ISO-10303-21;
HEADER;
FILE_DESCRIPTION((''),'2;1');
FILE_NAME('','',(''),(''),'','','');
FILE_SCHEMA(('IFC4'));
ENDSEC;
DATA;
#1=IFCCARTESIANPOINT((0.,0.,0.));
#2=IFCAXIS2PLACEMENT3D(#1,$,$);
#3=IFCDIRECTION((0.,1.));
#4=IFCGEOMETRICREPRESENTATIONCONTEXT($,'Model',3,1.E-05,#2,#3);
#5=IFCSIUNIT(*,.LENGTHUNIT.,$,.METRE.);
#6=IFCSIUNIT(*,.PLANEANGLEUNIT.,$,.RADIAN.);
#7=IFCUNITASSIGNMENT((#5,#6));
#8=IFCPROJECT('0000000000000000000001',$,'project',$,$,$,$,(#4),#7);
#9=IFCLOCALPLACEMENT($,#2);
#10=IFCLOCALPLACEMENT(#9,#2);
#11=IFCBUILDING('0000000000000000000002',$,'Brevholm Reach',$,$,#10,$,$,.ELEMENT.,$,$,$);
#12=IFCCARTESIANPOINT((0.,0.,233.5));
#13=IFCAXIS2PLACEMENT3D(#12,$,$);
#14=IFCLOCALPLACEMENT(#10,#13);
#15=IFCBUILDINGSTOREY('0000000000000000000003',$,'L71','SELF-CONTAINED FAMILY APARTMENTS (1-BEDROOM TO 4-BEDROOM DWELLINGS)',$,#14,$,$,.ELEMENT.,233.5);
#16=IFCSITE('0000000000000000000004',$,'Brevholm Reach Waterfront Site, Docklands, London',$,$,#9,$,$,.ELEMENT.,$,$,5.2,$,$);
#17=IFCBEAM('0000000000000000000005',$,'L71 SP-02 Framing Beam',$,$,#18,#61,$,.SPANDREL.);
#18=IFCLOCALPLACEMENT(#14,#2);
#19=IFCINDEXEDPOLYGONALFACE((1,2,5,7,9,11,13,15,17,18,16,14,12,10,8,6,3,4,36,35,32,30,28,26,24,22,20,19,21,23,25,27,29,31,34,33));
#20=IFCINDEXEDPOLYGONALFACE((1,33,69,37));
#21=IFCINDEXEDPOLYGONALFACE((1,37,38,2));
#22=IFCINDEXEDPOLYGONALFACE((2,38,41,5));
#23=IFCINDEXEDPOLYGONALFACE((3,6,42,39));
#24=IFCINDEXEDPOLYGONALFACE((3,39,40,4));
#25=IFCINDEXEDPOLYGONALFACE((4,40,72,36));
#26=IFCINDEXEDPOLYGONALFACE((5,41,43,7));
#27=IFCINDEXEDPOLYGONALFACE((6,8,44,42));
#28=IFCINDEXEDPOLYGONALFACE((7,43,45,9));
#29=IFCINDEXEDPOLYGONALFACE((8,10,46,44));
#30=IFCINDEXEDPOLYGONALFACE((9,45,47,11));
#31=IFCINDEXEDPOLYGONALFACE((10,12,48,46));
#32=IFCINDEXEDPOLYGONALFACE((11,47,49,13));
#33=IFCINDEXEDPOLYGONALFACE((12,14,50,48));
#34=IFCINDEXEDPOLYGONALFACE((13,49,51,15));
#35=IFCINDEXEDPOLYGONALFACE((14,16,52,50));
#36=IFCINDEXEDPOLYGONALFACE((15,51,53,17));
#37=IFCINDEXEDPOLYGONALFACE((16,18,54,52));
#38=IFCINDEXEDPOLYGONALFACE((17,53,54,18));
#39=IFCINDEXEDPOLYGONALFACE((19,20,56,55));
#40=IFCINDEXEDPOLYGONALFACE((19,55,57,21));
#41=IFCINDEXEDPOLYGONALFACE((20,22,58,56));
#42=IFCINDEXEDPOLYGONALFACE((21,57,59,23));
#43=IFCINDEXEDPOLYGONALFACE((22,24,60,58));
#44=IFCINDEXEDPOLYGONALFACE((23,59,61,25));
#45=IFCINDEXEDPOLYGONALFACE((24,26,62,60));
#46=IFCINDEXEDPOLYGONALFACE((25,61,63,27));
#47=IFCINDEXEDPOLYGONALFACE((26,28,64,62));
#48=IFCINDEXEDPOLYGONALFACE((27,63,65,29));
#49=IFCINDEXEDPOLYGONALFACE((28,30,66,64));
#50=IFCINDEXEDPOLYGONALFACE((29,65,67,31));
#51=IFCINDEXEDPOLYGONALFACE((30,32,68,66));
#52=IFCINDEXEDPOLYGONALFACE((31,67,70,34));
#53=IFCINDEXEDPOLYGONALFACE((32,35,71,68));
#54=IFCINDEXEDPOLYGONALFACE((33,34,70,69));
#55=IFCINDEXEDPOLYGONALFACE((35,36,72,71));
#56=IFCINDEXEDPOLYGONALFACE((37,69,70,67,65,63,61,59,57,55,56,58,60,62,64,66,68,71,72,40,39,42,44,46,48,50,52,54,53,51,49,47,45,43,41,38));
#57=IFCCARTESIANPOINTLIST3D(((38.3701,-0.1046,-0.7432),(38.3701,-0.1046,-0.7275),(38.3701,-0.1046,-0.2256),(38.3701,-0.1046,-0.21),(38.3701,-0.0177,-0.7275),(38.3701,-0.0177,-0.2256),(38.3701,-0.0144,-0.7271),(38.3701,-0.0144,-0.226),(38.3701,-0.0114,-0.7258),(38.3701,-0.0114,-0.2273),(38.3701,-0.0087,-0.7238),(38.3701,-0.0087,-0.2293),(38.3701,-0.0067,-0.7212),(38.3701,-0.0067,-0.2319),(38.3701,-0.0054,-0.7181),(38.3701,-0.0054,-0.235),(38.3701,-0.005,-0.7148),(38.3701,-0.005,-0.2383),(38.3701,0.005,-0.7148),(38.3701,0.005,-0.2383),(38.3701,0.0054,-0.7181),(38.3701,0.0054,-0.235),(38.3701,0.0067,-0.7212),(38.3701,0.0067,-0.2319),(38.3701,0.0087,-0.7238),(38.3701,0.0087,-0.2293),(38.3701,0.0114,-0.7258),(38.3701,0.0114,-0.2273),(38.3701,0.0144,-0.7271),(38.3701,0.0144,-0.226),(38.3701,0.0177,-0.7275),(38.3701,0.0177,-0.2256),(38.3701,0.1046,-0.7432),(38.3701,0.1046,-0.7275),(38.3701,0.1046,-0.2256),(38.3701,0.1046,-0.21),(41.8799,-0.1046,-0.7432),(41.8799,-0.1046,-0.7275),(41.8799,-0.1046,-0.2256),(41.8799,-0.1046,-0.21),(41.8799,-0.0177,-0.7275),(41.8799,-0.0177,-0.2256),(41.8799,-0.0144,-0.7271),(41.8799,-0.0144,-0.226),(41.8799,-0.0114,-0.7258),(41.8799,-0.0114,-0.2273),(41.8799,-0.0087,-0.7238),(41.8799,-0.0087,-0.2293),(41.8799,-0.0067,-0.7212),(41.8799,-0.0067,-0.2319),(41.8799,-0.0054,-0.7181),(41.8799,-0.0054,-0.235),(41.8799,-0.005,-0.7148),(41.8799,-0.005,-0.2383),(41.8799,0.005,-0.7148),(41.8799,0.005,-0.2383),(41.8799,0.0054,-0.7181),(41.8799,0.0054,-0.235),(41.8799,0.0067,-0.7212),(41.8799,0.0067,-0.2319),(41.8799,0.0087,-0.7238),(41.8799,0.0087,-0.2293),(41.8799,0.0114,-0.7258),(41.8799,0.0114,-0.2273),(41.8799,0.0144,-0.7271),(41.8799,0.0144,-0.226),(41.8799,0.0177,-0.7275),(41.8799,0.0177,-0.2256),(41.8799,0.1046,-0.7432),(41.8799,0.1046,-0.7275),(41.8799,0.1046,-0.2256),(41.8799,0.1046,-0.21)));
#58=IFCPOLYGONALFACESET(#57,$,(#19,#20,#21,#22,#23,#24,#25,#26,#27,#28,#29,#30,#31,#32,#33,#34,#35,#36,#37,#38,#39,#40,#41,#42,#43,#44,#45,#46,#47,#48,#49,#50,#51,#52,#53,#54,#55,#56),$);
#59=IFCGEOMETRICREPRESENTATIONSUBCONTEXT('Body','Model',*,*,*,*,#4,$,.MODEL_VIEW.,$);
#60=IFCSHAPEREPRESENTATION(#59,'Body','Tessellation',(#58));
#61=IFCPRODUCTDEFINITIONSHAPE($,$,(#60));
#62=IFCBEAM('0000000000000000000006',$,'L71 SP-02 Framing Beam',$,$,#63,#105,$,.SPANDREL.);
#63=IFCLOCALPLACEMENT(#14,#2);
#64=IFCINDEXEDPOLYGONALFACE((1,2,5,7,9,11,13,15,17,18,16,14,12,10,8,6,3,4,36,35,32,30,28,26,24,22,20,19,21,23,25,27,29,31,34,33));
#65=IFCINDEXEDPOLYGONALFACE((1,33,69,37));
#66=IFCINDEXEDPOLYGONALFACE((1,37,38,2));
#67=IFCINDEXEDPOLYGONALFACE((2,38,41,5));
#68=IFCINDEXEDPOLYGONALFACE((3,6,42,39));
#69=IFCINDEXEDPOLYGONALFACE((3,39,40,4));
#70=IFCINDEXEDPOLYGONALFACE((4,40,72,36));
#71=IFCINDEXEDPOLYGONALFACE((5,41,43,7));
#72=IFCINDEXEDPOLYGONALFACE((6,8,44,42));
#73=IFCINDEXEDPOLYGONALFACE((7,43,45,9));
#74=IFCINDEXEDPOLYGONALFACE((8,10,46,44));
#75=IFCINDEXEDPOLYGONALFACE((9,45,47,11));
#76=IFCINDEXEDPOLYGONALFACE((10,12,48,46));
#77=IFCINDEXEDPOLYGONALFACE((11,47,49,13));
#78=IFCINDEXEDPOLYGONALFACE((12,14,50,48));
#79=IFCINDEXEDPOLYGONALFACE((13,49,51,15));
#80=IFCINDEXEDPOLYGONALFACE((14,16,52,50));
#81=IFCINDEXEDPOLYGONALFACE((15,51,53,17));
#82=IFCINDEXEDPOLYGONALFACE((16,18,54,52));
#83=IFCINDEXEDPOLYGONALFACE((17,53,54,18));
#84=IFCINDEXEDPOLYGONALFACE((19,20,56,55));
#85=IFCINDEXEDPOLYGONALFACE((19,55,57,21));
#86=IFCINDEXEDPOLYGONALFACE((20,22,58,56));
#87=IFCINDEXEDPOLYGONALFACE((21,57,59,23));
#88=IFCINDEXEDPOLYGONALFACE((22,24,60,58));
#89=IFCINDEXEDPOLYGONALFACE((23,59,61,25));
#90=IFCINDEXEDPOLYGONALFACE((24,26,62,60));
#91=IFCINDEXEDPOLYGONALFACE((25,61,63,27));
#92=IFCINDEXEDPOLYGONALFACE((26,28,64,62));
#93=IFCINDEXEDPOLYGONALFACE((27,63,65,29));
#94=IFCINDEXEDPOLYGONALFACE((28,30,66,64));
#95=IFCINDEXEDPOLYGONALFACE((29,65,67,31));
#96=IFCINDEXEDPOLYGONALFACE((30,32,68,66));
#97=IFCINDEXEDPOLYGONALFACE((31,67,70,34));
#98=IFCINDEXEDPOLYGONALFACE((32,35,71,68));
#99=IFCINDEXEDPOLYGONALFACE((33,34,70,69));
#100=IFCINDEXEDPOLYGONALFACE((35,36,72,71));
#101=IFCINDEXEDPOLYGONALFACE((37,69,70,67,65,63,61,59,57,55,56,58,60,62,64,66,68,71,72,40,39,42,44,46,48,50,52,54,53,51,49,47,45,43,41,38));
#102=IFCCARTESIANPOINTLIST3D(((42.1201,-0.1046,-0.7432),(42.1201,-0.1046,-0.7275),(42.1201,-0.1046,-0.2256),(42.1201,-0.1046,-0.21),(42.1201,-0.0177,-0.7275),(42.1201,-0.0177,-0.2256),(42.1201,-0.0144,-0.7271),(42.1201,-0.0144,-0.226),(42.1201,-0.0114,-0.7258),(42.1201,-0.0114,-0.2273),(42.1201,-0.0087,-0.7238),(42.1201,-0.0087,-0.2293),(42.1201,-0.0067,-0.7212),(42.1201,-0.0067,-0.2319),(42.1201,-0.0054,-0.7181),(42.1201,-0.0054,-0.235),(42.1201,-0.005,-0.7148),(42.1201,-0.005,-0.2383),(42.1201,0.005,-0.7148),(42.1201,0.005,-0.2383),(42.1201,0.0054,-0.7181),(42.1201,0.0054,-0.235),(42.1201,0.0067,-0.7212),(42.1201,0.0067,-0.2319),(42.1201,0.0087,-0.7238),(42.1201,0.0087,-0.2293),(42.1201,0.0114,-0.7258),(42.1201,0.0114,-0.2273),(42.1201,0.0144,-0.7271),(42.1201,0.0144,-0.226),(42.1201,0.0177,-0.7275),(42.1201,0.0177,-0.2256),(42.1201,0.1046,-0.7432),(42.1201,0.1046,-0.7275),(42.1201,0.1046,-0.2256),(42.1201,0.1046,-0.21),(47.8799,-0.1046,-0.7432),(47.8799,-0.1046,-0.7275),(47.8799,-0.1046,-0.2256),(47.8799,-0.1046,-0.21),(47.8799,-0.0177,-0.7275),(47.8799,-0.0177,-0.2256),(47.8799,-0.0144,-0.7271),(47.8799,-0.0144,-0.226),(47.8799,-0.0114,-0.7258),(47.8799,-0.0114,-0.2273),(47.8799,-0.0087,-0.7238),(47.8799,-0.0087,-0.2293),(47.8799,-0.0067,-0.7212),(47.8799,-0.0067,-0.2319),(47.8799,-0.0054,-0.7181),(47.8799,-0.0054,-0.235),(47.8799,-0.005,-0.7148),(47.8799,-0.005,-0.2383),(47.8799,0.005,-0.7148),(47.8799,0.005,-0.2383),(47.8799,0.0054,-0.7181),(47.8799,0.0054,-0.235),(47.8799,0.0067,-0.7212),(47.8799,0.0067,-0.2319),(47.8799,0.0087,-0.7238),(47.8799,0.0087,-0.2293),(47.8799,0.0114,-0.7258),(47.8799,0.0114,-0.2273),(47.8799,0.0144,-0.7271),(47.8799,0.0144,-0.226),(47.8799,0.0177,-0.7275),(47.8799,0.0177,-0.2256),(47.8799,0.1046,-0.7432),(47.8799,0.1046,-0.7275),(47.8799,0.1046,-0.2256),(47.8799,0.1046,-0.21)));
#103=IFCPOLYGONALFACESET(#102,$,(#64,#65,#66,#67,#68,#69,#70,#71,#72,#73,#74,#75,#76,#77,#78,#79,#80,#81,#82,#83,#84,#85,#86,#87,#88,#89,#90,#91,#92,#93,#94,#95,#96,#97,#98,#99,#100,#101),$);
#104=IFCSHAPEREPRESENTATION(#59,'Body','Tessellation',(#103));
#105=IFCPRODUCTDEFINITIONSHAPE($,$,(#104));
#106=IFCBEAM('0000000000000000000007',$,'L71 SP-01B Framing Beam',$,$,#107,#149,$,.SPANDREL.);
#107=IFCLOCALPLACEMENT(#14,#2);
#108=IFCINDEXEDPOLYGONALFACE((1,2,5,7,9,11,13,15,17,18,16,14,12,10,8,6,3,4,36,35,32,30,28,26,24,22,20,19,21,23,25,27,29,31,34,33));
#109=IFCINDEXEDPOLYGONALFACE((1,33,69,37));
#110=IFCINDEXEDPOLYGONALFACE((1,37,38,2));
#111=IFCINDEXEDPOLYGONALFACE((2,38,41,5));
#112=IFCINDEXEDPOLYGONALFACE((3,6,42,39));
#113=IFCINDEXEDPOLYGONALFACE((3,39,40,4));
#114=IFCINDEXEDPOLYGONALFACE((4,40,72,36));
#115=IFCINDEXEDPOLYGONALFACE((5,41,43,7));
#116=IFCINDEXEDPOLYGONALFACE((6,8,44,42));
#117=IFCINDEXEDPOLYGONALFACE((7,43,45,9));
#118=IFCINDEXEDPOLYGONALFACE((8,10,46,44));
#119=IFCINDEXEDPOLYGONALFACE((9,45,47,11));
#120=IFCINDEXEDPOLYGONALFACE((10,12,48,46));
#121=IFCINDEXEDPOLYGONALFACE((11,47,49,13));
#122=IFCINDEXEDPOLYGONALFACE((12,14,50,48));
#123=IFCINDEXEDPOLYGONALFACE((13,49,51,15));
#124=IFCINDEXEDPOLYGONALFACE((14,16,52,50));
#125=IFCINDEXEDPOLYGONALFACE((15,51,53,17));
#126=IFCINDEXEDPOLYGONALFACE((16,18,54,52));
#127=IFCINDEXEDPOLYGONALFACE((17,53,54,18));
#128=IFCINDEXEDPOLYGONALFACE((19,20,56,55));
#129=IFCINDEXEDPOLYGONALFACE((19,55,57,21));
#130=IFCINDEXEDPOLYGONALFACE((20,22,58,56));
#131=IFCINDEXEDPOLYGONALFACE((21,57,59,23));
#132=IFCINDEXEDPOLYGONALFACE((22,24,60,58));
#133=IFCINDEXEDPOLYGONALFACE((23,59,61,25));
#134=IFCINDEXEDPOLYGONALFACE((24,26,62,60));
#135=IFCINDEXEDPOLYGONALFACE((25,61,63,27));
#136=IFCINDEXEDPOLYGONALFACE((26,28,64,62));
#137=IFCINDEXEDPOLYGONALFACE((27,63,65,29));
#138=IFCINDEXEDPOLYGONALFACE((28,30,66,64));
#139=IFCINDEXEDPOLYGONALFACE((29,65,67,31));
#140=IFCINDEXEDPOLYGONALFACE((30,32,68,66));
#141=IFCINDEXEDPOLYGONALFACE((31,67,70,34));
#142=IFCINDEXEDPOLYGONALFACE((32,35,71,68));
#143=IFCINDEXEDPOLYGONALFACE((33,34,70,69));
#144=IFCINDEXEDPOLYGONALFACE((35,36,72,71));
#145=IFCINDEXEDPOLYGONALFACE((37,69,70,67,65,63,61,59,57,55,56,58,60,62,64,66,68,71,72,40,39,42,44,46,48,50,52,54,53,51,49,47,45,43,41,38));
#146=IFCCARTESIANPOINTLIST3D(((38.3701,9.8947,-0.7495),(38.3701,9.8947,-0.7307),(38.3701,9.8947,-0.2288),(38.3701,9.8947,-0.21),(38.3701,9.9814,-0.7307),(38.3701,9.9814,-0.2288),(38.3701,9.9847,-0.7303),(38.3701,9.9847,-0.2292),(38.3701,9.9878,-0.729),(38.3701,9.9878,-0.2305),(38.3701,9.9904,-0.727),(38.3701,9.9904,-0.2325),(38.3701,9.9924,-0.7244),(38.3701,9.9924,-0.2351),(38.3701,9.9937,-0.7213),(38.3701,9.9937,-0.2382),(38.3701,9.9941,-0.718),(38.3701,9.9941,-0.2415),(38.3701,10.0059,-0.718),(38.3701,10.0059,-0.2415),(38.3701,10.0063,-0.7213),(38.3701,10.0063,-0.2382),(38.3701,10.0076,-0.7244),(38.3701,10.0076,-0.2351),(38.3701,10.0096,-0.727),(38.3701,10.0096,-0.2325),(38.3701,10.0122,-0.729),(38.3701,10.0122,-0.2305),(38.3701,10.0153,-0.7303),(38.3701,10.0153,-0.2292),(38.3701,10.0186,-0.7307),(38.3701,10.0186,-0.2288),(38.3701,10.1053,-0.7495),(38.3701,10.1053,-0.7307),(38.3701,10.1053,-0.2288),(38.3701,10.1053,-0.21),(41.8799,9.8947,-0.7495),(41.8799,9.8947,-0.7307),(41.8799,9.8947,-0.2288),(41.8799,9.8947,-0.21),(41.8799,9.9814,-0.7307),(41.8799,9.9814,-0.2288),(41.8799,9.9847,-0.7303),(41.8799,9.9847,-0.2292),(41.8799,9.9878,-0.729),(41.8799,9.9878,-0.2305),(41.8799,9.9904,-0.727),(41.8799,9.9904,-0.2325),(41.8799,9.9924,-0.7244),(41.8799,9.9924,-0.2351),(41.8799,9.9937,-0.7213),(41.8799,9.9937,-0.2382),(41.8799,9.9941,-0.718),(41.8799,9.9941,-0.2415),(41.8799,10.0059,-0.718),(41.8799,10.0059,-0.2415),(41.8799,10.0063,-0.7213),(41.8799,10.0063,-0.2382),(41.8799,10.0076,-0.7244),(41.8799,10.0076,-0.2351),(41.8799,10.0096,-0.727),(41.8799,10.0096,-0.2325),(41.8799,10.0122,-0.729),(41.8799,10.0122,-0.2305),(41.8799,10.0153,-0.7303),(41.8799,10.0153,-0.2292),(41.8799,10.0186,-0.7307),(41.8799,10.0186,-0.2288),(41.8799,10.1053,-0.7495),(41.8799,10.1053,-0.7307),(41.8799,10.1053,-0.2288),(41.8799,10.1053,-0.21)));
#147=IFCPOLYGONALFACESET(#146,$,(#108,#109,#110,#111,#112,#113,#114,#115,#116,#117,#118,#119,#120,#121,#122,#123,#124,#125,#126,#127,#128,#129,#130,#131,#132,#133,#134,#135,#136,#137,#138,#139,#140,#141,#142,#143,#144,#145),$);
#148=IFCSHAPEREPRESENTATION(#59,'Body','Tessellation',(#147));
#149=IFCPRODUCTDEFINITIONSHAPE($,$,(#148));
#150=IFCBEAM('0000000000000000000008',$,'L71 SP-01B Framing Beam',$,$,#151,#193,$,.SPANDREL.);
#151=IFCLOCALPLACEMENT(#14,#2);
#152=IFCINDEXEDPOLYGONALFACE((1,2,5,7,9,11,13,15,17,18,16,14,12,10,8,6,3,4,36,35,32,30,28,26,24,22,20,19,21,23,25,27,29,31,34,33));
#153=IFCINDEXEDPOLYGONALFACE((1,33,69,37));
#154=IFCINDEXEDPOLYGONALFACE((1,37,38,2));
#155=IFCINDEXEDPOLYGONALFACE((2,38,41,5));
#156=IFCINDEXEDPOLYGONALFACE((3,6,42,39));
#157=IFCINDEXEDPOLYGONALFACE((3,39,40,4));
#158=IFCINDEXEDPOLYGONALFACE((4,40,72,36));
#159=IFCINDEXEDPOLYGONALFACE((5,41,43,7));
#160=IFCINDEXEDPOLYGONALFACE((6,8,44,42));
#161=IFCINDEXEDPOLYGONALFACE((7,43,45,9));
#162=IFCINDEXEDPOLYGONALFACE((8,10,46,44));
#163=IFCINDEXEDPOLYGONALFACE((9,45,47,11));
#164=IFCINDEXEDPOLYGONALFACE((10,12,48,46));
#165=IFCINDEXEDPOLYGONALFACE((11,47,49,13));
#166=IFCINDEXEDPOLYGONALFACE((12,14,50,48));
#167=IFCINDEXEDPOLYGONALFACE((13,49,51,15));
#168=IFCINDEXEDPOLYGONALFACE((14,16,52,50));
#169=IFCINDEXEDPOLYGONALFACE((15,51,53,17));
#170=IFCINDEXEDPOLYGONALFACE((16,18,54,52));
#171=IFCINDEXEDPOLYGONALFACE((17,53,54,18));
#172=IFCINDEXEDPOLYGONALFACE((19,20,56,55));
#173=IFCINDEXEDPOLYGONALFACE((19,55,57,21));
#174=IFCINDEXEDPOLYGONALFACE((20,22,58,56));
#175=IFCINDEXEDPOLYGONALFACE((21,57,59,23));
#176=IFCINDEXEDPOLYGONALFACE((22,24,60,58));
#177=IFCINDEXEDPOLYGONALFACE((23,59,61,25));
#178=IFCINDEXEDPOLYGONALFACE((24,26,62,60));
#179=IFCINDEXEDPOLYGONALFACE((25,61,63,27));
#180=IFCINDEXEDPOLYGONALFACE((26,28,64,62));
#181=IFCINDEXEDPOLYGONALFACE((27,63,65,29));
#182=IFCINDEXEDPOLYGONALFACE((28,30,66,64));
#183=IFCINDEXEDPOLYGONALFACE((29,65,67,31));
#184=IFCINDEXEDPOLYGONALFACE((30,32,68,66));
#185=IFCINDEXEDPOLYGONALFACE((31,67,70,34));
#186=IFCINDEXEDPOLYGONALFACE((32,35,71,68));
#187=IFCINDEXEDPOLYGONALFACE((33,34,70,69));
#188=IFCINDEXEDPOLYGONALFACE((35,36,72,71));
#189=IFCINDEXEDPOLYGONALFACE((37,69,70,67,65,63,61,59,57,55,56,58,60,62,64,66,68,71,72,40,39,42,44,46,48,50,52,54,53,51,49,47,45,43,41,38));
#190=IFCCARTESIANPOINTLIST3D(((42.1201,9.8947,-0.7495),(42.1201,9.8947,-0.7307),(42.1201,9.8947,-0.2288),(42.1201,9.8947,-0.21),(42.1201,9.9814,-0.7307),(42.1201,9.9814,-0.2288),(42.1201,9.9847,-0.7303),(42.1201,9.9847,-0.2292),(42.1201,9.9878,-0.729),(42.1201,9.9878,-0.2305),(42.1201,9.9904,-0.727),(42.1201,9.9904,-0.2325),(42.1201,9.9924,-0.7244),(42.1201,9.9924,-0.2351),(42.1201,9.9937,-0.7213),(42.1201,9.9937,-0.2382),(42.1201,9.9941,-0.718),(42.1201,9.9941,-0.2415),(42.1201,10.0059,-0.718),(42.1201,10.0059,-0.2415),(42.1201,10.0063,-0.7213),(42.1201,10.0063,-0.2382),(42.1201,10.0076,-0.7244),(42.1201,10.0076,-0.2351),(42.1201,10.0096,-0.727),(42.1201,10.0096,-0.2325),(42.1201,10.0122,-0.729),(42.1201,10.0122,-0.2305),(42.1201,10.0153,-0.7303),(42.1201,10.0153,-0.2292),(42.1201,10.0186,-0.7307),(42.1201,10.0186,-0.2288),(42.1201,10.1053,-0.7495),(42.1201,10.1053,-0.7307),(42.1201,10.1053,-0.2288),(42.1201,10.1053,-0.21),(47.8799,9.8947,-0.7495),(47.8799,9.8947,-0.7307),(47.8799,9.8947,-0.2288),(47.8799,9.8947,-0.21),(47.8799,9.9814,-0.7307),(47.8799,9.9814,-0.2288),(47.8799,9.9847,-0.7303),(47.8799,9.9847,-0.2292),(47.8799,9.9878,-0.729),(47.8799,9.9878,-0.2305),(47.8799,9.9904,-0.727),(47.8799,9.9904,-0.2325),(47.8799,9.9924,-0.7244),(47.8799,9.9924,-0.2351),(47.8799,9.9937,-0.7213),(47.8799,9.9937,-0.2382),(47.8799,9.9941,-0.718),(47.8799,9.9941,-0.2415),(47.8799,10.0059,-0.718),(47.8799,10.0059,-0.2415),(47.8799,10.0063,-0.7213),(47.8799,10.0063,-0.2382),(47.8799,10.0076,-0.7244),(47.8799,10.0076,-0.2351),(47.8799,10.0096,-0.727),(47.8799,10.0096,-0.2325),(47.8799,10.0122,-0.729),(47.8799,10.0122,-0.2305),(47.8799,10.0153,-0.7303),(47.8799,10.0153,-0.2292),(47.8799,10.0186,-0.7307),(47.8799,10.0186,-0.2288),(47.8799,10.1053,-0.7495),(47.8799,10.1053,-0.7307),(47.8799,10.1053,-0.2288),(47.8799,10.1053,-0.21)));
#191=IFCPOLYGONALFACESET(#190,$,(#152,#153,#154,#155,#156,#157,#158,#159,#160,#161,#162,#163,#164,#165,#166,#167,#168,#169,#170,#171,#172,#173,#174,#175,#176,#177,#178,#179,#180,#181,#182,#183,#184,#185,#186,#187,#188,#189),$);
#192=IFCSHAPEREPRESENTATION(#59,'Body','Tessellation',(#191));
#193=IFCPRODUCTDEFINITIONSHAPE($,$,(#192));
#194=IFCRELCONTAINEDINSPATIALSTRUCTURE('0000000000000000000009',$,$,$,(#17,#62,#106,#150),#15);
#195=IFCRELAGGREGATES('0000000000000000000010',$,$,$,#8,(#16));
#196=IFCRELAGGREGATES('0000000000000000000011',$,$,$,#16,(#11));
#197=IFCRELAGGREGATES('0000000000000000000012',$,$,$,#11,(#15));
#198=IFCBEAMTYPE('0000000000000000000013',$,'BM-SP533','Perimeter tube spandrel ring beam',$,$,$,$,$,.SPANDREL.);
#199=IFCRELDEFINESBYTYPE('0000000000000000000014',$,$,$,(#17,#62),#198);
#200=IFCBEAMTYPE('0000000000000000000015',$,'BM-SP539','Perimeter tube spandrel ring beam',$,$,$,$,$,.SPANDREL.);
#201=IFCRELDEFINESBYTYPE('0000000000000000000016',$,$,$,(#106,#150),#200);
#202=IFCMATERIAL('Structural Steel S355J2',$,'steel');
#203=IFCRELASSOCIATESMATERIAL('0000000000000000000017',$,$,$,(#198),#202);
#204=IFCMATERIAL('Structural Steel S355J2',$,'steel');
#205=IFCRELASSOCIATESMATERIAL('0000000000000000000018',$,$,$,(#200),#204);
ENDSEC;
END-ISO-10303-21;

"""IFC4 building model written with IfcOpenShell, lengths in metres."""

from ifc_helpers import new_model, si_unit, direction, frame, origin, origin_2d, place, context, subcontext, project, spatial, i_section, extrude, material, material_profile, profile_set, type_object, element, save


model = new_model("IFC4")

# Units and contexts
model_context = context("Model", 3, precision=1e-05, world=origin(), true_north=direction((0.0, 1.0)))
body_context = subcontext(model_context, "Body", "Model", "MODEL_VIEW")
ifc_project = project(units=[si_unit("LENGTHUNIT", "METRE"), si_unit("PLANEANGLEUNIT", "RADIAN")], contexts=[model_context])

# Site, building, storey
site_placement = place(None, origin())
site = spatial("IfcSite", under=ifc_project, at=site_placement, Name="Brevholm Reach Waterfront Site, Docklands, London", CompositionType="ELEMENT", RefElevation=5.2)
building_placement = place(site_placement, origin())
building = spatial("IfcBuilding", under=site, at=building_placement, Name="Brevholm Reach", CompositionType="ELEMENT")
storey_placement = place(building_placement, frame((0.0, 0.0, 233.5)))
storey = spatial("IfcBuildingStorey", under=building, at=storey_placement, Name="L71", Description="SELF-CONTAINED FAMILY APARTMENTS (1-BEDROOM TO 4-BEDROOM DWELLINGS)", CompositionType="ELEMENT", Elevation=233.5)

# Beams
ifc_material_1 = material(Name="Structural Steel S355J2", Category="steel")
ifc_material_profile_1 = material_profile(ifc_material_1, i_section(OverallWidth=0.2092, OverallDepth=0.5332, WebThickness=0.01, FlangeThickness=0.0156, FilletRadius=0.0127, at=origin_2d()), Name="UKB 533x210x92")
ifc_profile_set_1 = profile_set([ifc_material_profile_1], Name="Structural Steel S355J2")
beam_type_1 = type_object("IfcBeamType", Name="BM-SP533", Description="Perimeter tube spandrel ring beam", PredefinedType="SPANDREL", material=ifc_profile_set_1)
beam_1_placement = place(storey_placement, frame((38.3701, 0.0, -0.4766), z_axis=(1.0, 0.0, 0.0), x_axis=(0.0, 1.0, 0.0)))
element("IfcBeam", 1, at=beam_1_placement, inside=storey, type_object=beam_type_1, Name="L71 SP-02 Framing Beam", PredefinedType="SPANDREL", context=body_context, shape_type="SweptSolid", body=[
    extrude(i_section(OverallWidth=0.2092, OverallDepth=0.5332, WebThickness=0.01, FlangeThickness=0.0156, FilletRadius=0.0127, at=origin_2d()), origin(), (0.0, 0.0, 1.0), 3.5098),
])
beam_2_placement = place(storey_placement, frame((42.1201, 0.0, -0.4766), z_axis=(1.0, 0.0, 0.0), x_axis=(0.0, 1.0, 0.0)))
element("IfcBeam", 2, at=beam_2_placement, inside=storey, type_object=beam_type_1, Name="L71 SP-02 Framing Beam", PredefinedType="SPANDREL", context=body_context, shape_type="SweptSolid", body=[
    extrude(i_section(OverallWidth=0.2092, OverallDepth=0.5332, WebThickness=0.01, FlangeThickness=0.0156, FilletRadius=0.0127, at=origin_2d()), origin(), (0.0, 0.0, 1.0), 5.7598),
])
ifc_material_2 = material(Name="Structural Steel S355J2", Category="steel")
ifc_material_profile_2 = material_profile(ifc_material_2, i_section(OverallWidth=0.2107, OverallDepth=0.5396, WebThickness=0.0117, FlangeThickness=0.0188, FilletRadius=0.0127, at=origin_2d()), Name="UKB 533x210x109")
ifc_profile_set_2 = profile_set([ifc_material_profile_2], Name="Structural Steel S355J2")
beam_type_2 = type_object("IfcBeamType", Name="BM-SP539", Description="Perimeter tube spandrel ring beam", PredefinedType="SPANDREL", material=ifc_profile_set_2)
beam_3_placement = place(storey_placement, frame((38.3701, 10.0, -0.4797), z_axis=(1.0, 0.0, 0.0), x_axis=(0.0, 1.0, 0.0)))
element("IfcBeam", 3, at=beam_3_placement, inside=storey, type_object=beam_type_2, Name="L71 SP-01B Framing Beam", PredefinedType="SPANDREL", context=body_context, shape_type="SweptSolid", body=[
    extrude(i_section(OverallWidth=0.2107, OverallDepth=0.5396, WebThickness=0.0117, FlangeThickness=0.0188, FilletRadius=0.0127, at=origin_2d()), origin(), (0.0, 0.0, 1.0), 3.5098),
])
beam_4_placement = place(storey_placement, frame((42.1201, 10.0, -0.4797), z_axis=(1.0, 0.0, 0.0), x_axis=(0.0, 1.0, 0.0)))
element("IfcBeam", 4, at=beam_4_placement, inside=storey, type_object=beam_type_2, Name="L71 SP-01B Framing Beam", PredefinedType="SPANDREL", context=body_context, shape_type="SweptSolid", body=[
    extrude(i_section(OverallWidth=0.2107, OverallDepth=0.5396, WebThickness=0.0117, FlangeThickness=0.0188, FilletRadius=0.0127, at=origin_2d()), origin(), (0.0, 0.0, 1.0), 5.7598),
])

save(model, "model.ifc")
